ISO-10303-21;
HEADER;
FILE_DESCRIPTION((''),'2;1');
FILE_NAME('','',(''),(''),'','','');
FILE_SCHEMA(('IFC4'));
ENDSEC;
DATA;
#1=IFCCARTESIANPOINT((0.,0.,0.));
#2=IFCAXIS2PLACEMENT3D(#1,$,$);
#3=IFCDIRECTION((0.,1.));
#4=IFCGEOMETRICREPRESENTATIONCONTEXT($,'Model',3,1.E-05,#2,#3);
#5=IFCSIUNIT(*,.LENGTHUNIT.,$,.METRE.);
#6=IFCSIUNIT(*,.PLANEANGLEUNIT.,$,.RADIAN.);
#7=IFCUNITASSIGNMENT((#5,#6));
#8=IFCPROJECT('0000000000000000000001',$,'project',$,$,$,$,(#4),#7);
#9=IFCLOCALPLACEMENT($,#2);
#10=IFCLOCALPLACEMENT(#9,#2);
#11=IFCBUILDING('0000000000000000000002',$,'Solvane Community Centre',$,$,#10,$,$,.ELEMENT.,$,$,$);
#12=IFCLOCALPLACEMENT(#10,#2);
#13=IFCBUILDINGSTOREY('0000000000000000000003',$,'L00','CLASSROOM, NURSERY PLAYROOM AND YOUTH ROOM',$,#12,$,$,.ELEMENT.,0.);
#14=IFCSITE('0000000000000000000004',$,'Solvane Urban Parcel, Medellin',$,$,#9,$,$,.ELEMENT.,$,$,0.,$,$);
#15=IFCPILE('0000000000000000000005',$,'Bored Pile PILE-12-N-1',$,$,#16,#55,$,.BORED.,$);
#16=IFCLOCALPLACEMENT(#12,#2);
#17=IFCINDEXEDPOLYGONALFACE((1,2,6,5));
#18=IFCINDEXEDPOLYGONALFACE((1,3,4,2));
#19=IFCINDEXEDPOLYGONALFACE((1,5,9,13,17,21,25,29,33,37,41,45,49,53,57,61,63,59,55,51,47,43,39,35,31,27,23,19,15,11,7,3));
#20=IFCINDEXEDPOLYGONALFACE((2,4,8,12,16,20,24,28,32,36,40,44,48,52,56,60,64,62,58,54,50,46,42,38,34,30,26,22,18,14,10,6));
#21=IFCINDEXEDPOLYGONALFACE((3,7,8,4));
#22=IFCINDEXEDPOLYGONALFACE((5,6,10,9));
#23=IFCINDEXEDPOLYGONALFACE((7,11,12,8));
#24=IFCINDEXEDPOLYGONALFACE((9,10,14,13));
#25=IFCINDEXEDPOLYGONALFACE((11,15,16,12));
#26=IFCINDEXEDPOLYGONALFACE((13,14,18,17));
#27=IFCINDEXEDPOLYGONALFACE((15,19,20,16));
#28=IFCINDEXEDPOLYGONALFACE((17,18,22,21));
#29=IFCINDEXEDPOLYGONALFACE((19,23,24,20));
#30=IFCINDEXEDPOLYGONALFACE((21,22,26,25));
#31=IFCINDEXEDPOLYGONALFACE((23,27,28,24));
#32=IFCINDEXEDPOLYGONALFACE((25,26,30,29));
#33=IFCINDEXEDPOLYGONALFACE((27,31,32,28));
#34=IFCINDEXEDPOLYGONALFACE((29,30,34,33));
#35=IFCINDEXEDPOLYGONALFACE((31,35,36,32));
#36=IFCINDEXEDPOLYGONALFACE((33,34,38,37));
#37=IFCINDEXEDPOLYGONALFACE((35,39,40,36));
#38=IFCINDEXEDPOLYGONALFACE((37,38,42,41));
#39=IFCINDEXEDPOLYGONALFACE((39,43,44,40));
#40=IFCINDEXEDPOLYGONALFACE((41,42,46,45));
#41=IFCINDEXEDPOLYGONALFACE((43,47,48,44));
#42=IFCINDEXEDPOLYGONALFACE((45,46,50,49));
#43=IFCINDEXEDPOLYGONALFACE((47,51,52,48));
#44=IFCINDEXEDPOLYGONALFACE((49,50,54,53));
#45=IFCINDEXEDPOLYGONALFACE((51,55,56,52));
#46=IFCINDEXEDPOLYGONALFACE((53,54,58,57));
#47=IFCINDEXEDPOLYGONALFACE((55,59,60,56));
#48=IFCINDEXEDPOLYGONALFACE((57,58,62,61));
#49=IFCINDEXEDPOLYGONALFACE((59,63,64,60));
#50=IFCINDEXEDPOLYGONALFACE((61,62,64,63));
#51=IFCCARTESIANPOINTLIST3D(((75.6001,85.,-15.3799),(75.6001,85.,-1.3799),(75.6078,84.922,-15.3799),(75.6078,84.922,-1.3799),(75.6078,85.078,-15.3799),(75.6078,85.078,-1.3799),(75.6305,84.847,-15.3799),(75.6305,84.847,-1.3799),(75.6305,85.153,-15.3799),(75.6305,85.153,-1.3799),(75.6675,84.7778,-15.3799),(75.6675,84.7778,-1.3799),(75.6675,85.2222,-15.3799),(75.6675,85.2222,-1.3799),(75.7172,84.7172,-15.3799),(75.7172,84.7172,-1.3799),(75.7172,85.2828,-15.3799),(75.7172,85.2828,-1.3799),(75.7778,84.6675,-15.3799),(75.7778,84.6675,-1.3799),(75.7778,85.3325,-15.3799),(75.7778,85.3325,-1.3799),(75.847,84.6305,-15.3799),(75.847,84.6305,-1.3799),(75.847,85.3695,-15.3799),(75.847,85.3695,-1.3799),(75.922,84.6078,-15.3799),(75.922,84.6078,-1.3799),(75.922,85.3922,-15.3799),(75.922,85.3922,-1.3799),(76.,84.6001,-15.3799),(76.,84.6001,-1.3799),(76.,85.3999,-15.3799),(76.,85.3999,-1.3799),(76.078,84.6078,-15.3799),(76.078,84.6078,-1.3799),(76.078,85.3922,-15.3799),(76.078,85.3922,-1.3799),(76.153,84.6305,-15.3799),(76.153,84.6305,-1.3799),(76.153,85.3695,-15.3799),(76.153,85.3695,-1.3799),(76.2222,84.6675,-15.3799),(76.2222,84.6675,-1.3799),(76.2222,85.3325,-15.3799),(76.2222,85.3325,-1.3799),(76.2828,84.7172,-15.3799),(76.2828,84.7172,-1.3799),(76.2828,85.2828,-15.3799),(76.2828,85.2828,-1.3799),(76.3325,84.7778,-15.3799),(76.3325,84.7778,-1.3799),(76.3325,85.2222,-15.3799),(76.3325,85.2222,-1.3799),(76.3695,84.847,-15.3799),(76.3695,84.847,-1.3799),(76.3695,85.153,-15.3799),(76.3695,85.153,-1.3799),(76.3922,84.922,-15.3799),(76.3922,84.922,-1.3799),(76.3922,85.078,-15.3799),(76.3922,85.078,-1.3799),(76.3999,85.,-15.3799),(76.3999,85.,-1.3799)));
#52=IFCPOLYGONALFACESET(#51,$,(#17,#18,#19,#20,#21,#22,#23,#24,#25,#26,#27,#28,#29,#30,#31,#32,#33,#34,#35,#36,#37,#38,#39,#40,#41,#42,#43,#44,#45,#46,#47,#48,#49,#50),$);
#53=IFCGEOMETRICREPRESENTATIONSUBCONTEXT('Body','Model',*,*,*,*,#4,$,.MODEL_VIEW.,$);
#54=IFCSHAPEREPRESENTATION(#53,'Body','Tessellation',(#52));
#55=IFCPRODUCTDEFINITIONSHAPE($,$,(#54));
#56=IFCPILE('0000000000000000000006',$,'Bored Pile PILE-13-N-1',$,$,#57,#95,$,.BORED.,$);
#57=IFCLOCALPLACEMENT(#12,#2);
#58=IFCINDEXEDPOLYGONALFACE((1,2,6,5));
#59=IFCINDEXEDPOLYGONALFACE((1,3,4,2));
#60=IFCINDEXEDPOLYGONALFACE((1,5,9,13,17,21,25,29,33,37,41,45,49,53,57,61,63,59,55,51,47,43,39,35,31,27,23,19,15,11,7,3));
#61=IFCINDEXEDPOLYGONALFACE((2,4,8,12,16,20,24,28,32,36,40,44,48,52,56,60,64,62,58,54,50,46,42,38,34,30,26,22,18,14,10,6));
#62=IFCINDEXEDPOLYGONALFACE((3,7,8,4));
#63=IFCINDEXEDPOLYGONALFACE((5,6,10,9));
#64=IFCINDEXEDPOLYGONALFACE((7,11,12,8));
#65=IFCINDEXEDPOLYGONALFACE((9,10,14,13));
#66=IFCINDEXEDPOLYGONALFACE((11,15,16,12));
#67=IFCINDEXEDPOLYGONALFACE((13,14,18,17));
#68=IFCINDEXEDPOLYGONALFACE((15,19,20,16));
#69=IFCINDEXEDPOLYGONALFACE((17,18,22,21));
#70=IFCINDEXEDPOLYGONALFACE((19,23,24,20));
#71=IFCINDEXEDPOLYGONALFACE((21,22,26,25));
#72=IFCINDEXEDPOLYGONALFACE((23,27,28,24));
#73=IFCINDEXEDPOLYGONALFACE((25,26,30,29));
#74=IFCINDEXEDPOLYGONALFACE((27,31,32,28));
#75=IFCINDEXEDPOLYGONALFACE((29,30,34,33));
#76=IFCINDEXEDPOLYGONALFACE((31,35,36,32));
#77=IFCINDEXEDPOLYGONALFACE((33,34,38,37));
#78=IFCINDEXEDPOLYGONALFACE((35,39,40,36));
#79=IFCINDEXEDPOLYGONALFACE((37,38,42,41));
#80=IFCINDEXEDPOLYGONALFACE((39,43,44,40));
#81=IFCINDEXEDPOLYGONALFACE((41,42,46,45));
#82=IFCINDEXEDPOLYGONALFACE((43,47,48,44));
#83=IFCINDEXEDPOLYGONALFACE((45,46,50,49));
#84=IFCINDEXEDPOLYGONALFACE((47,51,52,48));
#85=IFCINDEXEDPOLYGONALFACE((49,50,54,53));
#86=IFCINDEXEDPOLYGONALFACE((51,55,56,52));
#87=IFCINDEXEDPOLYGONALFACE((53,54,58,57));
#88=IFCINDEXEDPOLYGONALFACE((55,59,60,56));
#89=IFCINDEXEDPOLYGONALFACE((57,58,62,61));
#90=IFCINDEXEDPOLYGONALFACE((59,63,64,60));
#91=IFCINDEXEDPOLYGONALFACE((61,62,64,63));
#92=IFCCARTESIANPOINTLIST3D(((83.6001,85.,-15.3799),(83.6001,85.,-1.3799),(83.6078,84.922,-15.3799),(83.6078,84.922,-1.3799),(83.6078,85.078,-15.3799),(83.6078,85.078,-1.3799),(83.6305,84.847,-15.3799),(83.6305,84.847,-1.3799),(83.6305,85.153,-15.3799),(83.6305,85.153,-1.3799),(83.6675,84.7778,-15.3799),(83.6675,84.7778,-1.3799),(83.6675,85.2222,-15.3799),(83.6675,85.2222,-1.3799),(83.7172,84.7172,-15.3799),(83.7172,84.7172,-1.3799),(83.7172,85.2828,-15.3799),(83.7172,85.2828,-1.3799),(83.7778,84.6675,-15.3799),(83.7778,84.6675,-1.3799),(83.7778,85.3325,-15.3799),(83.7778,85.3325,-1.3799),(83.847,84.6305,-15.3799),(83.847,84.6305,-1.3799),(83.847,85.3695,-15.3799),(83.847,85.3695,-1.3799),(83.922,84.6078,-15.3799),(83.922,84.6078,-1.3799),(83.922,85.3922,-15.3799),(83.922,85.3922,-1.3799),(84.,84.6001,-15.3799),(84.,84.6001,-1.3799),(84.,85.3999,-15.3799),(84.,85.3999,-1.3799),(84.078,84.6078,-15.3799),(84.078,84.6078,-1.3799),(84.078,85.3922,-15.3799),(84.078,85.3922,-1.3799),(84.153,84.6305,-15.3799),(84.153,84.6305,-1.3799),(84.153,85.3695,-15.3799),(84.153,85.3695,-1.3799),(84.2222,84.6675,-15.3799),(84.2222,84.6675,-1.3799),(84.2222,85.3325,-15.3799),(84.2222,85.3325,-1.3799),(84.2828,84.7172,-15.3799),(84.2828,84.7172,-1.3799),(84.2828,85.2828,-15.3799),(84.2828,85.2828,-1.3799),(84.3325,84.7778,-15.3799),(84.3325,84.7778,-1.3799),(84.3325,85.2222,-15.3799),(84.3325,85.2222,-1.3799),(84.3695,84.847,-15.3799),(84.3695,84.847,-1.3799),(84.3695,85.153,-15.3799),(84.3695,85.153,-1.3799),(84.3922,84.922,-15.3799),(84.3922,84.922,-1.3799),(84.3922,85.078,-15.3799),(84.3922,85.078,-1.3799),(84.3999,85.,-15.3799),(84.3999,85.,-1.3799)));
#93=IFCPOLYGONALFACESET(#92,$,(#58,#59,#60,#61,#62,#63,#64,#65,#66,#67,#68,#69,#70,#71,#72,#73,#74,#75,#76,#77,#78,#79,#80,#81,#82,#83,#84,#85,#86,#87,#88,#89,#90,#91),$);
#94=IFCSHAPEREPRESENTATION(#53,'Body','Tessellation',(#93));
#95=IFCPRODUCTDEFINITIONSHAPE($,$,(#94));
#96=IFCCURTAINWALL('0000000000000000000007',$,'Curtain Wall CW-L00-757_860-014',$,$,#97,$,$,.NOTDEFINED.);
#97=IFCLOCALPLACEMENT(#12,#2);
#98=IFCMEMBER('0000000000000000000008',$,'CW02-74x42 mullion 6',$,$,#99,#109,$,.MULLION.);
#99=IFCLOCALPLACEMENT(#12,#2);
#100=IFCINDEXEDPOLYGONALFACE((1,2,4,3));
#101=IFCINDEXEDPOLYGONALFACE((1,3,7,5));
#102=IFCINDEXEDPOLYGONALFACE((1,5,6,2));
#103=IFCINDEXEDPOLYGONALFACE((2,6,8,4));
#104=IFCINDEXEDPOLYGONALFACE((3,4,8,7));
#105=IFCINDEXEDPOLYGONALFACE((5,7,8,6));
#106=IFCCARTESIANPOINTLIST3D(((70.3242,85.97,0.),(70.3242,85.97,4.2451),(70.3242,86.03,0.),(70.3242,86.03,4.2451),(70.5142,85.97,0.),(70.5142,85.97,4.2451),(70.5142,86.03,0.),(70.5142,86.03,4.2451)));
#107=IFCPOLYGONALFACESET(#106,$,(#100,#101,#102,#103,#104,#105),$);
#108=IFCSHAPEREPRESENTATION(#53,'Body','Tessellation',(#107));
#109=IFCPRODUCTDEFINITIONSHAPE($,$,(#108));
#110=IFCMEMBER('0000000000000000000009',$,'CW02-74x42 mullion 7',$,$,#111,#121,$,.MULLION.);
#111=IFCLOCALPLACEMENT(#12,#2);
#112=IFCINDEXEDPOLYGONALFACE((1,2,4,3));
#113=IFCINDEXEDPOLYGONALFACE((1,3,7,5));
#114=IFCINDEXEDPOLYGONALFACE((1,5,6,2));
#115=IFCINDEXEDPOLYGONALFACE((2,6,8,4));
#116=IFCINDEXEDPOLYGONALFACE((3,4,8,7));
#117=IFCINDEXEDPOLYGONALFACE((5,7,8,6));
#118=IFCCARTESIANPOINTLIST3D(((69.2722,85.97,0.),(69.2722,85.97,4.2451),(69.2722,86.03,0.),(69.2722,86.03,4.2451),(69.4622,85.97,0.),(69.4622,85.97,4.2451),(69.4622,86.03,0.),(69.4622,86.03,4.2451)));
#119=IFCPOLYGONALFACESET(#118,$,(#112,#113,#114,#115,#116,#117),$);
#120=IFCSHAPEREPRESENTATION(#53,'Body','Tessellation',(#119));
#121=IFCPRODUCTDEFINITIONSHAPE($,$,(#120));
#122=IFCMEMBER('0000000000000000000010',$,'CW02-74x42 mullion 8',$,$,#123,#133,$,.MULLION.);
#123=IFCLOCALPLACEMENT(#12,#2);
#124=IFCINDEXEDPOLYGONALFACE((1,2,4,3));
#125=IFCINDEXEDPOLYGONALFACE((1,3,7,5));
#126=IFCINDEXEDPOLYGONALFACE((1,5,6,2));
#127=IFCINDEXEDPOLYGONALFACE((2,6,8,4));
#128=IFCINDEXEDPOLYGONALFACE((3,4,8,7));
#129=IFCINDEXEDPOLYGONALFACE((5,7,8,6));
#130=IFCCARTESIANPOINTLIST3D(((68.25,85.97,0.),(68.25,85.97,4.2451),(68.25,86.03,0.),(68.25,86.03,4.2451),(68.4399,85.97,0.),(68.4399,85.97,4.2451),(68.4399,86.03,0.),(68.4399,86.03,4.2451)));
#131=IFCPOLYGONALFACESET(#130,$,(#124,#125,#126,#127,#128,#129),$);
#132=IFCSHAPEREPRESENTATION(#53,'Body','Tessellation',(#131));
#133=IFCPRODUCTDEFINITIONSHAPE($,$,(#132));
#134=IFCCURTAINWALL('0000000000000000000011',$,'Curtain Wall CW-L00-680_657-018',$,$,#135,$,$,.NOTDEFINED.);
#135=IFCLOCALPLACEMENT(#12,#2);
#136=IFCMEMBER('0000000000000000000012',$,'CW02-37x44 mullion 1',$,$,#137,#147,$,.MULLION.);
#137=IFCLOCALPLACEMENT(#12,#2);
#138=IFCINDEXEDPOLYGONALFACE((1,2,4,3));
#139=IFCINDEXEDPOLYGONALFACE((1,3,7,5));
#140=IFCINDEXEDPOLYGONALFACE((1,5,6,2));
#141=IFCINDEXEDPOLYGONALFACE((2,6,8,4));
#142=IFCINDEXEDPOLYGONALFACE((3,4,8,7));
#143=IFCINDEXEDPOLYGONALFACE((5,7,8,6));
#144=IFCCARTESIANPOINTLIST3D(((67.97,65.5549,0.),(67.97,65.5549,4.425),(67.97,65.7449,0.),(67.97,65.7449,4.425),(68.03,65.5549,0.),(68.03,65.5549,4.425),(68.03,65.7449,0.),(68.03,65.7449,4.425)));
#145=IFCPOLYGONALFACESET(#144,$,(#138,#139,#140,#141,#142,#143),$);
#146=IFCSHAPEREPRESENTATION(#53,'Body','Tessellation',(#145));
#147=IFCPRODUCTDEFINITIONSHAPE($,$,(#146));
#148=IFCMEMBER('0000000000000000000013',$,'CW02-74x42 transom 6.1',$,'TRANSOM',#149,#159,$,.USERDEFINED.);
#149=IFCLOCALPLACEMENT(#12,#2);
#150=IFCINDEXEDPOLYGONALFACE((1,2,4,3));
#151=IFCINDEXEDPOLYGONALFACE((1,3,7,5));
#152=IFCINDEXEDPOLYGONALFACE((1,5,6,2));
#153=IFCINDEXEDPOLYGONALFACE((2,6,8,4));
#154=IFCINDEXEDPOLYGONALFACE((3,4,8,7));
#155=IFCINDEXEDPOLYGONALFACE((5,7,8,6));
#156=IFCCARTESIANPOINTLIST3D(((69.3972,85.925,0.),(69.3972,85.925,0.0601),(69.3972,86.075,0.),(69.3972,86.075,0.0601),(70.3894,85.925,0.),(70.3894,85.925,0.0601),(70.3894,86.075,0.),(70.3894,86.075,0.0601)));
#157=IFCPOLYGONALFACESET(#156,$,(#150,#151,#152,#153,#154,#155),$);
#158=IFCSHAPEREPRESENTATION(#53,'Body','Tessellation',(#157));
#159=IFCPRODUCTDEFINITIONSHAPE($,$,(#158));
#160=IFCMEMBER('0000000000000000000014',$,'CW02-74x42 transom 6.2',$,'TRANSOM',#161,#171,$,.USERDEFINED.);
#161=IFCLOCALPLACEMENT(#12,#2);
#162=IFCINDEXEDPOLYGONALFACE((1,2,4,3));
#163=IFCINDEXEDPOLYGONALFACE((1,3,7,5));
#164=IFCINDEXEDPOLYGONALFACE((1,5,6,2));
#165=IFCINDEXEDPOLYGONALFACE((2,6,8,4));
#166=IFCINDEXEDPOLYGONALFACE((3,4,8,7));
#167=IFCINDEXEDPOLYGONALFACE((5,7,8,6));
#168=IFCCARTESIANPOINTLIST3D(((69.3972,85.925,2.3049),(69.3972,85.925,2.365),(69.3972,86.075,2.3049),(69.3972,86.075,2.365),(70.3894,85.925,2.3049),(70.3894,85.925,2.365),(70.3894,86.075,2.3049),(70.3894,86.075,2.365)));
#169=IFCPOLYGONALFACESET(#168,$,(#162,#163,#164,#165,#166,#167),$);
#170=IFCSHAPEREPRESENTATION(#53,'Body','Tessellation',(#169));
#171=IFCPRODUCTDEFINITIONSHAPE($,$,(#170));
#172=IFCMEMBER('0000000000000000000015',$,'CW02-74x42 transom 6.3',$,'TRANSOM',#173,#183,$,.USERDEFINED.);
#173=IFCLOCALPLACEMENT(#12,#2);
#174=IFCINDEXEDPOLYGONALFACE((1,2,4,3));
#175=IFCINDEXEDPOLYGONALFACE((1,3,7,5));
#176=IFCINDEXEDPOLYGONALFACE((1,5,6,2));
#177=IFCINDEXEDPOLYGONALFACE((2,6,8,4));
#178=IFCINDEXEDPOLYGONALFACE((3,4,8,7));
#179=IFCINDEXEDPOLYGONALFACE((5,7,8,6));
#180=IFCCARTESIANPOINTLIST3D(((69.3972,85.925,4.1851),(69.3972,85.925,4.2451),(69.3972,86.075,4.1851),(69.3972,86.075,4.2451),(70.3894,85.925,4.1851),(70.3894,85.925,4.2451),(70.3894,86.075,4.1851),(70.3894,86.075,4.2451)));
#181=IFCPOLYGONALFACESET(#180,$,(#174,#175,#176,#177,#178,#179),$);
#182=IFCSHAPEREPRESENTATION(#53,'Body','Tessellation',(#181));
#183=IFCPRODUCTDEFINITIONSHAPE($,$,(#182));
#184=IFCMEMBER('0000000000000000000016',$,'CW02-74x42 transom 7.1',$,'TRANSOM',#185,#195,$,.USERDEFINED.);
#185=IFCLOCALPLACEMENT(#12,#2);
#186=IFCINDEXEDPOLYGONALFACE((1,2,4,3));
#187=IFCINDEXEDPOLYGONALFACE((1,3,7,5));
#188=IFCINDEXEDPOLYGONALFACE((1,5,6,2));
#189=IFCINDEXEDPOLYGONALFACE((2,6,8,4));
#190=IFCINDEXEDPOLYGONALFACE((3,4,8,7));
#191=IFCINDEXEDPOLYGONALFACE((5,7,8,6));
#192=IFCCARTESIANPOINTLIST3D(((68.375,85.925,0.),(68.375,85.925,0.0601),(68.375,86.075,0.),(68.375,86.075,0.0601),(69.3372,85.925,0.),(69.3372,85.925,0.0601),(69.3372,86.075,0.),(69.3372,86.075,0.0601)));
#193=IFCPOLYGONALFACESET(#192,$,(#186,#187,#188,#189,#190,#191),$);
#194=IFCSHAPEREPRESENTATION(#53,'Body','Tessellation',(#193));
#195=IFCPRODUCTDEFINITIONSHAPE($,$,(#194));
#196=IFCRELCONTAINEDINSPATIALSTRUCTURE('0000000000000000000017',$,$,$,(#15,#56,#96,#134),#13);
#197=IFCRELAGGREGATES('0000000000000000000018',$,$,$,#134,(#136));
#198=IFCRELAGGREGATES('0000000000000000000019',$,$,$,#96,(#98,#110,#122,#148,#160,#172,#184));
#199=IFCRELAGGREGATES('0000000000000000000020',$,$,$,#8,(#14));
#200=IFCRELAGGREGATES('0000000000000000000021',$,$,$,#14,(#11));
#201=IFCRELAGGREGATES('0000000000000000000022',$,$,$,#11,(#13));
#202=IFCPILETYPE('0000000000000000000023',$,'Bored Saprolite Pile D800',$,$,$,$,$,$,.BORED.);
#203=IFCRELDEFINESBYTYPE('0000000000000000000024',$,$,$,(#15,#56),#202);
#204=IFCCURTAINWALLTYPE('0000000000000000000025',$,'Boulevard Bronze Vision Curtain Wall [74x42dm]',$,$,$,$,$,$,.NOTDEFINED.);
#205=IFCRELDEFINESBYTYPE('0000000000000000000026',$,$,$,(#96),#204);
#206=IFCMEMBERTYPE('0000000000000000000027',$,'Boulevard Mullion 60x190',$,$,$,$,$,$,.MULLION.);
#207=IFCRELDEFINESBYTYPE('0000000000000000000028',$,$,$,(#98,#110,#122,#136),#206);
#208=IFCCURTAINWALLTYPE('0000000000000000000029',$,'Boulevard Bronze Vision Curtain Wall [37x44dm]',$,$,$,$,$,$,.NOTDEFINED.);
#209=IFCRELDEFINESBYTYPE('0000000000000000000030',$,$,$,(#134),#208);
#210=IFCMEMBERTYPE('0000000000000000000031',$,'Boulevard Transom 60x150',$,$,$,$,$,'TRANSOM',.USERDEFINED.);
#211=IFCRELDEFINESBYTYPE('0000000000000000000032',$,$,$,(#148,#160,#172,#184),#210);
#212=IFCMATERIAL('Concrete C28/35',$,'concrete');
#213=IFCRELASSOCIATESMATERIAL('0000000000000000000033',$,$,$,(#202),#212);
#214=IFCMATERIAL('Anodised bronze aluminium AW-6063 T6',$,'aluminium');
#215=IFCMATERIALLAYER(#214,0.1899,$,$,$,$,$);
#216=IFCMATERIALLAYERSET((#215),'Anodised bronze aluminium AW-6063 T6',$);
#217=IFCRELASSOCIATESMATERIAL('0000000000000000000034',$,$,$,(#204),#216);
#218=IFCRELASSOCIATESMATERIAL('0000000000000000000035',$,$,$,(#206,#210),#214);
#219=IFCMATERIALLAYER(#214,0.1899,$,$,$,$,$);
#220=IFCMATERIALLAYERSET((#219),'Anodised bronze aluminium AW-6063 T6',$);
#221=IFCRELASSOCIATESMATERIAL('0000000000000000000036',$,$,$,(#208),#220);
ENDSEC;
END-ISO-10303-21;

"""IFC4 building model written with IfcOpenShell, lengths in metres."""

from ifc_helpers import new_model, si_unit, direction, frame, origin, origin_2d, place, context, subcontext, project, spatial, rectangle, circle, extrude, material, layer, layer_set, material_profile, profile_set, type_object, element, aggregate, save


model = new_model("IFC4")

# Units and contexts
model_context = context("Model", 3, precision=1e-05, world=origin(), true_north=direction((0.0, 1.0)))
body_context = subcontext(model_context, "Body", "Model", "MODEL_VIEW")
ifc_project = project(units=[si_unit("LENGTHUNIT", "METRE"), si_unit("PLANEANGLEUNIT", "RADIAN")], contexts=[model_context])

# Site, building, storey
site_placement = place(None, origin())
site = spatial("IfcSite", under=ifc_project, at=site_placement, Name="Solvane Urban Parcel, Medellin", CompositionType="ELEMENT", RefElevation=0.0)
building_placement = place(site_placement, origin())
building = spatial("IfcBuilding", under=site, at=building_placement, Name="Solvane Community Centre", CompositionType="ELEMENT")
storey_placement = place(building_placement, origin())
storey = spatial("IfcBuildingStorey", under=building, at=storey_placement, Name="L00", Description="CLASSROOM, NURSERY PLAYROOM AND YOUTH ROOM", CompositionType="ELEMENT", Elevation=0.0)

# Piles
ifc_material_1 = material(Name="Concrete C28/35", Category="concrete")
ifc_material_profile_1 = material_profile(ifc_material_1, circle(Radius=0.3999, at=origin_2d()), Name="PILE D800")
ifc_profile_set_1 = profile_set([ifc_material_profile_1], Name="Concrete C28/35")
pile_type = type_object("IfcPileType", Name="Bored Saprolite Pile D800", PredefinedType="BORED", material=ifc_profile_set_1)
for number, where, z_axis, x_axis, name in (
    (1, (76.0, 85.0, -1.3799), (0.0, 0.0, -1.0), (1.0, 0.0, 0.0), "Bored Pile PILE-12-N-1"),
    (2, (84.0, 85.0, -1.3799), (0.0, 0.0, -1.0), (1.0, 0.0, 0.0), "Bored Pile PILE-13-N-1"),
):
    element("IfcPile", number, at=place(storey_placement, frame(where, z_axis=z_axis, x_axis=x_axis)), inside=storey, type_object=pile_type, Name=name, PredefinedType="BORED", context=body_context, shape_type="SweptSolid", body=[
        extrude(circle(Radius=0.3999, at=origin_2d()), origin(), (0.0, 0.0, 1.0), 14.0),
    ])

# Curtain wall, members
ifc_material_2 = material(Name="Anodised bronze aluminium AW-6063 T6", Category="aluminium")
ifc_layer_1 = layer(ifc_material_2, 0.1899)
ifc_layer_set_1 = layer_set([ifc_layer_1], Name="Anodised bronze aluminium AW-6063 T6")
curtain_wall_type_1 = type_object("IfcCurtainWallType", Name="Boulevard Bronze Vision Curtain Wall [74x42dm]", PredefinedType="NOTDEFINED", material=ifc_layer_set_1)
curtain_wall_1_placement = place(storey_placement, origin())
curtain_wall_1 = element("IfcCurtainWall", 3, at=curtain_wall_1_placement, inside=storey, type_object=curtain_wall_type_1, Name="Curtain Wall CW-L00-757_860-014", PredefinedType="NOTDEFINED")
ifc_material_profile_2 = material_profile(ifc_material_2, rectangle(XDim=0.0601, YDim=0.1899, at=origin_2d()), Name="CW-M 60x190")
ifc_profile_set_2 = profile_set([ifc_material_profile_2], Name="Anodised bronze aluminium AW-6063 T6")
member_type_1 = type_object("IfcMemberType", Name="Boulevard Mullion 60x190", PredefinedType="MULLION", material=ifc_profile_set_2)
member_1_placement = place(storey_placement, frame((70.4192, 86.0, 0.0), z_axis=(0.0, 0.0, 1.0), x_axis=(0.0, -1.0, 0.0)))
member_1 = element("IfcMember", 4, at=member_1_placement, type_object=member_type_1, Name="CW02-74x42 mullion 6", PredefinedType="MULLION", context=body_context, shape_type="SweptSolid", body=[
    extrude(rectangle(XDim=0.0601, YDim=0.1899, at=origin_2d()), origin(), (0.0, 0.0, 1.0), 4.2451),
])
member_2_placement = place(storey_placement, frame((69.3672, 86.0, 0.0), z_axis=(0.0, 0.0, 1.0), x_axis=(0.0, -1.0, 0.0)))
member_2 = element("IfcMember", 5, at=member_2_placement, type_object=member_type_1, Name="CW02-74x42 mullion 7", PredefinedType="MULLION", context=body_context, shape_type="SweptSolid", body=[
    extrude(rectangle(XDim=0.0601, YDim=0.1899, at=origin_2d()), origin(), (0.0, 0.0, 1.0), 4.2451),
])
member_3_placement = place(storey_placement, frame((68.345, 86.0, 0.0), z_axis=(0.0, 0.0, 1.0), x_axis=(0.0, -1.0, 0.0)))
member_3 = element("IfcMember", 6, at=member_3_placement, type_object=member_type_1, Name="CW02-74x42 mullion 8", PredefinedType="MULLION", context=body_context, shape_type="SweptSolid", body=[
    extrude(rectangle(XDim=0.0601, YDim=0.1899, at=origin_2d()), origin(), (0.0, 0.0, 1.0), 4.2451),
])

# Curtain wall, member
ifc_layer_2 = layer(ifc_material_2, 0.1899)
ifc_layer_set_2 = layer_set([ifc_layer_2], Name="Anodised bronze aluminium AW-6063 T6")
curtain_wall_type_2 = type_object("IfcCurtainWallType", Name="Boulevard Bronze Vision Curtain Wall [37x44dm]", PredefinedType="NOTDEFINED", material=ifc_layer_set_2)
curtain_wall_2_placement = place(storey_placement, origin())
curtain_wall_2 = element("IfcCurtainWall", 7, at=curtain_wall_2_placement, inside=storey, type_object=curtain_wall_type_2, Name="Curtain Wall CW-L00-680_657-018", PredefinedType="NOTDEFINED")
member_4_placement = place(storey_placement, frame((68.0, 65.6499, 0.0), z_axis=(0.0, 0.0, 1.0), x_axis=(1.0, 0.0, 0.0)))
member_4 = element("IfcMember", 8, at=member_4_placement, type_object=member_type_1, Name="CW02-37x44 mullion 1", PredefinedType="MULLION", context=body_context, shape_type="SweptSolid", body=[
    extrude(rectangle(XDim=0.0601, YDim=0.1899, at=origin_2d()), origin(), (0.0, 0.0, 1.0), 4.425),
])
aggregate(curtain_wall_2, [member_4])

# Members
ifc_material_profile_3 = material_profile(ifc_material_2, rectangle(XDim=0.1499, YDim=0.0601, at=origin_2d()), Name="CW-T 60x150")
ifc_profile_set_3 = profile_set([ifc_material_profile_3], Name="Anodised bronze aluminium AW-6063 T6")
member_type_2 = type_object("IfcMemberType", Name="Boulevard Transom 60x150", ElementType="TRANSOM", PredefinedType="USERDEFINED", material=ifc_profile_set_3)
member_5_placement = place(storey_placement, frame((70.3894, 86.0, 0.03), z_axis=(-1.0, 0.0, 0.0), x_axis=(0.0, -1.0, 0.0)))
member_5 = element("IfcMember", 9, at=member_5_placement, type_object=member_type_2, Name="CW02-74x42 transom 6.1", ObjectType="TRANSOM", PredefinedType="USERDEFINED", context=body_context, shape_type="SweptSolid", body=[
    extrude(rectangle(XDim=0.1499, YDim=0.0601, at=origin_2d()), origin(), (0.0, 0.0, 1.0), 0.9922),
])
member_6_placement = place(storey_placement, frame((70.3894, 86.0, 2.335), z_axis=(-1.0, 0.0, 0.0), x_axis=(0.0, -1.0, 0.0)))
member_6 = element("IfcMember", 10, at=member_6_placement, type_object=member_type_2, Name="CW02-74x42 transom 6.2", ObjectType="TRANSOM", PredefinedType="USERDEFINED", context=body_context, shape_type="SweptSolid", body=[
    extrude(rectangle(XDim=0.1499, YDim=0.0601, at=origin_2d()), origin(), (0.0, 0.0, 1.0), 0.9922),
])
member_7_placement = place(storey_placement, frame((70.3894, 86.0, 4.2151), z_axis=(-1.0, 0.0, 0.0), x_axis=(0.0, -1.0, 0.0)))
member_7 = element("IfcMember", 11, at=member_7_placement, type_object=member_type_2, Name="CW02-74x42 transom 6.3", ObjectType="TRANSOM", PredefinedType="USERDEFINED", context=body_context, shape_type="SweptSolid", body=[
    extrude(rectangle(XDim=0.1499, YDim=0.0601, at=origin_2d()), origin(), (0.0, 0.0, 1.0), 0.9922),
])
member_8_placement = place(storey_placement, frame((69.3372, 86.0, 0.03), z_axis=(-1.0, 0.0, 0.0), x_axis=(0.0, -1.0, 0.0)))
member_8 = element("IfcMember", 12, at=member_8_placement, type_object=member_type_2, Name="CW02-74x42 transom 7.1", ObjectType="TRANSOM", PredefinedType="USERDEFINED", context=body_context, shape_type="SweptSolid", body=[
    extrude(rectangle(XDim=0.1499, YDim=0.0601, at=origin_2d()), origin(), (0.0, 0.0, 1.0), 0.9622),
])

aggregate(curtain_wall_1, [member_1, member_2, member_3, member_5, member_6, member_7, member_8])

save(model, "model.ifc")
